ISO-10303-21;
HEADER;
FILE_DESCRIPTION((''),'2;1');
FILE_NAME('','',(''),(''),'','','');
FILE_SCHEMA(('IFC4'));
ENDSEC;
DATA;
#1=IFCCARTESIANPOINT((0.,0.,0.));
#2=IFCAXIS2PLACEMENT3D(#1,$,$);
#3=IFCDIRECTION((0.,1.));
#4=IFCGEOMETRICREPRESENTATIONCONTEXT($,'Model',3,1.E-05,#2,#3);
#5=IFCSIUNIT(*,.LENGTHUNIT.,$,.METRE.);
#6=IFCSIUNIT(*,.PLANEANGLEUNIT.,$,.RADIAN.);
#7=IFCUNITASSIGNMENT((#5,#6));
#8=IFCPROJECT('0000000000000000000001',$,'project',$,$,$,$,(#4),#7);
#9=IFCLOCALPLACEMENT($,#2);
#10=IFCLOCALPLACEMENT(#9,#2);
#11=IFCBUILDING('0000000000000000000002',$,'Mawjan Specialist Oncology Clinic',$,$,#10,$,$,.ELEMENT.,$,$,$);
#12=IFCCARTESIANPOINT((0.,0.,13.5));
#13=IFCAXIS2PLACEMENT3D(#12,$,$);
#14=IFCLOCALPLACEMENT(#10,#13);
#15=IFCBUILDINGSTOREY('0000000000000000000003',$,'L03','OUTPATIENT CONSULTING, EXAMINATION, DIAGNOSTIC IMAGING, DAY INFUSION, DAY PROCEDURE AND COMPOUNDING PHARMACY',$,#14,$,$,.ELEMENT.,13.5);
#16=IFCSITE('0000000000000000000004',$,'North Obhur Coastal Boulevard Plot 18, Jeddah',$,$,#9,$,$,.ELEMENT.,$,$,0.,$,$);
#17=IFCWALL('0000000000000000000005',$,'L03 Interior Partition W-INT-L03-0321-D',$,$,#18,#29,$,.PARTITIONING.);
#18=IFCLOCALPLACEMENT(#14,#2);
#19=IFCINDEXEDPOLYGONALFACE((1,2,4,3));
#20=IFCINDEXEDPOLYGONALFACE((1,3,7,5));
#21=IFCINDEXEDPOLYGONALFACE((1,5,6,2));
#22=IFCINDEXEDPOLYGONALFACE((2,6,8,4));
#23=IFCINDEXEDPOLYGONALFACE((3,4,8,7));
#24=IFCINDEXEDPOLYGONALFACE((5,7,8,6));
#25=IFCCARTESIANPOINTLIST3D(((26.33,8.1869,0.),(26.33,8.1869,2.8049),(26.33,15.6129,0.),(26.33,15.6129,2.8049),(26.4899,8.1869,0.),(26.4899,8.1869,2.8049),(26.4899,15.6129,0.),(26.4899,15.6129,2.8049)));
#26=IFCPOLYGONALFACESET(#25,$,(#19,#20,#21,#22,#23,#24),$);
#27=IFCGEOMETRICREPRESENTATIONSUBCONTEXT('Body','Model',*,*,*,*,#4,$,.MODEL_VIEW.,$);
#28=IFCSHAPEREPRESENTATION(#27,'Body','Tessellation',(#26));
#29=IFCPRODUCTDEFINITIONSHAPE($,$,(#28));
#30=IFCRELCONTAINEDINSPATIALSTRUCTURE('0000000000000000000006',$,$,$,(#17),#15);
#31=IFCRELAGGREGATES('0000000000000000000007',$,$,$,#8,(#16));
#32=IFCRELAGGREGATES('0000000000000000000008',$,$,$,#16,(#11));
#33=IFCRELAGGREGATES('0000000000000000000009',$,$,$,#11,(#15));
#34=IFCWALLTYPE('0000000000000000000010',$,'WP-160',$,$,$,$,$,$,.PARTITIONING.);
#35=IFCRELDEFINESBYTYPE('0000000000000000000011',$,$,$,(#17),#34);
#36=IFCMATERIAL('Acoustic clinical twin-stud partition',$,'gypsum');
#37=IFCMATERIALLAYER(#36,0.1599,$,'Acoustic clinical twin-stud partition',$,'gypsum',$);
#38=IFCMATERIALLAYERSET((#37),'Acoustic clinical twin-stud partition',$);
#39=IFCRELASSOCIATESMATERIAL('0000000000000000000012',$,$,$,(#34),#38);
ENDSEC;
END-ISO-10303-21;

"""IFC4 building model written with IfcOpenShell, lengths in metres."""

from ifc_helpers import new_model, si_unit, direction, frame, frame_2d, origin, place, context, subcontext, project, spatial, rectangle, extrude, material, layer, layer_set, type_object, element, save


model = new_model("IFC4")

# Units and contexts
model_context = context("Model", 3, precision=1e-05, world=origin(), true_north=direction((0.0, 1.0)))
body_context = subcontext(model_context, "Body", "Model", "MODEL_VIEW")
ifc_project = project(units=[si_unit("LENGTHUNIT", "METRE"), si_unit("PLANEANGLEUNIT", "RADIAN")], contexts=[model_context])

# Site, building, storey
site_placement = place(None, origin())
site = spatial("IfcSite", under=ifc_project, at=site_placement, Name="North Obhur Coastal Boulevard Plot 18, Jeddah", CompositionType="ELEMENT", RefElevation=0.0)
building_placement = place(site_placement, origin())
building = spatial("IfcBuilding", under=site, at=building_placement, Name="Mawjan Specialist Oncology Clinic", CompositionType="ELEMENT")
storey_placement = place(building_placement, frame((0.0, 0.0, 13.5)))
storey = spatial("IfcBuildingStorey", under=building, at=storey_placement, Name="L03", Description="OUTPATIENT CONSULTING, EXAMINATION, DIAGNOSTIC IMAGING, DAY INFUSION, DAY PROCEDURE AND COMPOUNDING PHARMACY", CompositionType="ELEMENT", Elevation=13.5)

# Wall
ifc_material_1 = material(Name="Acoustic clinical twin-stud partition", Category="gypsum")
ifc_layer_1 = layer(ifc_material_1, 0.1599, Name="Acoustic clinical twin-stud partition", Category="gypsum")
ifc_layer_set_1 = layer_set([ifc_layer_1], Name="Acoustic clinical twin-stud partition")
wall_type_1 = type_object("IfcWallType", Name="WP-160", PredefinedType="PARTITIONING", material=ifc_layer_set_1)
wall_1_placement = place(storey_placement, frame((26.4099, 8.187, 0.0), z_axis=(0.0, 0.0, 1.0), x_axis=(0.0, 1.0, 0.0)))
element("IfcWall", 1, at=wall_1_placement, inside=storey, type_object=wall_type_1, Name="L03 Interior Partition W-INT-L03-0321-D", PredefinedType="PARTITIONING", context=body_context, shape_type="SweptSolid", body=[
    extrude(rectangle(XDim=7.426, YDim=0.1599, at=frame_2d((3.7129, 0.0))), origin(), (0.0, 0.0, 1.0), 2.8049),
])

save(model, "model.ifc")
